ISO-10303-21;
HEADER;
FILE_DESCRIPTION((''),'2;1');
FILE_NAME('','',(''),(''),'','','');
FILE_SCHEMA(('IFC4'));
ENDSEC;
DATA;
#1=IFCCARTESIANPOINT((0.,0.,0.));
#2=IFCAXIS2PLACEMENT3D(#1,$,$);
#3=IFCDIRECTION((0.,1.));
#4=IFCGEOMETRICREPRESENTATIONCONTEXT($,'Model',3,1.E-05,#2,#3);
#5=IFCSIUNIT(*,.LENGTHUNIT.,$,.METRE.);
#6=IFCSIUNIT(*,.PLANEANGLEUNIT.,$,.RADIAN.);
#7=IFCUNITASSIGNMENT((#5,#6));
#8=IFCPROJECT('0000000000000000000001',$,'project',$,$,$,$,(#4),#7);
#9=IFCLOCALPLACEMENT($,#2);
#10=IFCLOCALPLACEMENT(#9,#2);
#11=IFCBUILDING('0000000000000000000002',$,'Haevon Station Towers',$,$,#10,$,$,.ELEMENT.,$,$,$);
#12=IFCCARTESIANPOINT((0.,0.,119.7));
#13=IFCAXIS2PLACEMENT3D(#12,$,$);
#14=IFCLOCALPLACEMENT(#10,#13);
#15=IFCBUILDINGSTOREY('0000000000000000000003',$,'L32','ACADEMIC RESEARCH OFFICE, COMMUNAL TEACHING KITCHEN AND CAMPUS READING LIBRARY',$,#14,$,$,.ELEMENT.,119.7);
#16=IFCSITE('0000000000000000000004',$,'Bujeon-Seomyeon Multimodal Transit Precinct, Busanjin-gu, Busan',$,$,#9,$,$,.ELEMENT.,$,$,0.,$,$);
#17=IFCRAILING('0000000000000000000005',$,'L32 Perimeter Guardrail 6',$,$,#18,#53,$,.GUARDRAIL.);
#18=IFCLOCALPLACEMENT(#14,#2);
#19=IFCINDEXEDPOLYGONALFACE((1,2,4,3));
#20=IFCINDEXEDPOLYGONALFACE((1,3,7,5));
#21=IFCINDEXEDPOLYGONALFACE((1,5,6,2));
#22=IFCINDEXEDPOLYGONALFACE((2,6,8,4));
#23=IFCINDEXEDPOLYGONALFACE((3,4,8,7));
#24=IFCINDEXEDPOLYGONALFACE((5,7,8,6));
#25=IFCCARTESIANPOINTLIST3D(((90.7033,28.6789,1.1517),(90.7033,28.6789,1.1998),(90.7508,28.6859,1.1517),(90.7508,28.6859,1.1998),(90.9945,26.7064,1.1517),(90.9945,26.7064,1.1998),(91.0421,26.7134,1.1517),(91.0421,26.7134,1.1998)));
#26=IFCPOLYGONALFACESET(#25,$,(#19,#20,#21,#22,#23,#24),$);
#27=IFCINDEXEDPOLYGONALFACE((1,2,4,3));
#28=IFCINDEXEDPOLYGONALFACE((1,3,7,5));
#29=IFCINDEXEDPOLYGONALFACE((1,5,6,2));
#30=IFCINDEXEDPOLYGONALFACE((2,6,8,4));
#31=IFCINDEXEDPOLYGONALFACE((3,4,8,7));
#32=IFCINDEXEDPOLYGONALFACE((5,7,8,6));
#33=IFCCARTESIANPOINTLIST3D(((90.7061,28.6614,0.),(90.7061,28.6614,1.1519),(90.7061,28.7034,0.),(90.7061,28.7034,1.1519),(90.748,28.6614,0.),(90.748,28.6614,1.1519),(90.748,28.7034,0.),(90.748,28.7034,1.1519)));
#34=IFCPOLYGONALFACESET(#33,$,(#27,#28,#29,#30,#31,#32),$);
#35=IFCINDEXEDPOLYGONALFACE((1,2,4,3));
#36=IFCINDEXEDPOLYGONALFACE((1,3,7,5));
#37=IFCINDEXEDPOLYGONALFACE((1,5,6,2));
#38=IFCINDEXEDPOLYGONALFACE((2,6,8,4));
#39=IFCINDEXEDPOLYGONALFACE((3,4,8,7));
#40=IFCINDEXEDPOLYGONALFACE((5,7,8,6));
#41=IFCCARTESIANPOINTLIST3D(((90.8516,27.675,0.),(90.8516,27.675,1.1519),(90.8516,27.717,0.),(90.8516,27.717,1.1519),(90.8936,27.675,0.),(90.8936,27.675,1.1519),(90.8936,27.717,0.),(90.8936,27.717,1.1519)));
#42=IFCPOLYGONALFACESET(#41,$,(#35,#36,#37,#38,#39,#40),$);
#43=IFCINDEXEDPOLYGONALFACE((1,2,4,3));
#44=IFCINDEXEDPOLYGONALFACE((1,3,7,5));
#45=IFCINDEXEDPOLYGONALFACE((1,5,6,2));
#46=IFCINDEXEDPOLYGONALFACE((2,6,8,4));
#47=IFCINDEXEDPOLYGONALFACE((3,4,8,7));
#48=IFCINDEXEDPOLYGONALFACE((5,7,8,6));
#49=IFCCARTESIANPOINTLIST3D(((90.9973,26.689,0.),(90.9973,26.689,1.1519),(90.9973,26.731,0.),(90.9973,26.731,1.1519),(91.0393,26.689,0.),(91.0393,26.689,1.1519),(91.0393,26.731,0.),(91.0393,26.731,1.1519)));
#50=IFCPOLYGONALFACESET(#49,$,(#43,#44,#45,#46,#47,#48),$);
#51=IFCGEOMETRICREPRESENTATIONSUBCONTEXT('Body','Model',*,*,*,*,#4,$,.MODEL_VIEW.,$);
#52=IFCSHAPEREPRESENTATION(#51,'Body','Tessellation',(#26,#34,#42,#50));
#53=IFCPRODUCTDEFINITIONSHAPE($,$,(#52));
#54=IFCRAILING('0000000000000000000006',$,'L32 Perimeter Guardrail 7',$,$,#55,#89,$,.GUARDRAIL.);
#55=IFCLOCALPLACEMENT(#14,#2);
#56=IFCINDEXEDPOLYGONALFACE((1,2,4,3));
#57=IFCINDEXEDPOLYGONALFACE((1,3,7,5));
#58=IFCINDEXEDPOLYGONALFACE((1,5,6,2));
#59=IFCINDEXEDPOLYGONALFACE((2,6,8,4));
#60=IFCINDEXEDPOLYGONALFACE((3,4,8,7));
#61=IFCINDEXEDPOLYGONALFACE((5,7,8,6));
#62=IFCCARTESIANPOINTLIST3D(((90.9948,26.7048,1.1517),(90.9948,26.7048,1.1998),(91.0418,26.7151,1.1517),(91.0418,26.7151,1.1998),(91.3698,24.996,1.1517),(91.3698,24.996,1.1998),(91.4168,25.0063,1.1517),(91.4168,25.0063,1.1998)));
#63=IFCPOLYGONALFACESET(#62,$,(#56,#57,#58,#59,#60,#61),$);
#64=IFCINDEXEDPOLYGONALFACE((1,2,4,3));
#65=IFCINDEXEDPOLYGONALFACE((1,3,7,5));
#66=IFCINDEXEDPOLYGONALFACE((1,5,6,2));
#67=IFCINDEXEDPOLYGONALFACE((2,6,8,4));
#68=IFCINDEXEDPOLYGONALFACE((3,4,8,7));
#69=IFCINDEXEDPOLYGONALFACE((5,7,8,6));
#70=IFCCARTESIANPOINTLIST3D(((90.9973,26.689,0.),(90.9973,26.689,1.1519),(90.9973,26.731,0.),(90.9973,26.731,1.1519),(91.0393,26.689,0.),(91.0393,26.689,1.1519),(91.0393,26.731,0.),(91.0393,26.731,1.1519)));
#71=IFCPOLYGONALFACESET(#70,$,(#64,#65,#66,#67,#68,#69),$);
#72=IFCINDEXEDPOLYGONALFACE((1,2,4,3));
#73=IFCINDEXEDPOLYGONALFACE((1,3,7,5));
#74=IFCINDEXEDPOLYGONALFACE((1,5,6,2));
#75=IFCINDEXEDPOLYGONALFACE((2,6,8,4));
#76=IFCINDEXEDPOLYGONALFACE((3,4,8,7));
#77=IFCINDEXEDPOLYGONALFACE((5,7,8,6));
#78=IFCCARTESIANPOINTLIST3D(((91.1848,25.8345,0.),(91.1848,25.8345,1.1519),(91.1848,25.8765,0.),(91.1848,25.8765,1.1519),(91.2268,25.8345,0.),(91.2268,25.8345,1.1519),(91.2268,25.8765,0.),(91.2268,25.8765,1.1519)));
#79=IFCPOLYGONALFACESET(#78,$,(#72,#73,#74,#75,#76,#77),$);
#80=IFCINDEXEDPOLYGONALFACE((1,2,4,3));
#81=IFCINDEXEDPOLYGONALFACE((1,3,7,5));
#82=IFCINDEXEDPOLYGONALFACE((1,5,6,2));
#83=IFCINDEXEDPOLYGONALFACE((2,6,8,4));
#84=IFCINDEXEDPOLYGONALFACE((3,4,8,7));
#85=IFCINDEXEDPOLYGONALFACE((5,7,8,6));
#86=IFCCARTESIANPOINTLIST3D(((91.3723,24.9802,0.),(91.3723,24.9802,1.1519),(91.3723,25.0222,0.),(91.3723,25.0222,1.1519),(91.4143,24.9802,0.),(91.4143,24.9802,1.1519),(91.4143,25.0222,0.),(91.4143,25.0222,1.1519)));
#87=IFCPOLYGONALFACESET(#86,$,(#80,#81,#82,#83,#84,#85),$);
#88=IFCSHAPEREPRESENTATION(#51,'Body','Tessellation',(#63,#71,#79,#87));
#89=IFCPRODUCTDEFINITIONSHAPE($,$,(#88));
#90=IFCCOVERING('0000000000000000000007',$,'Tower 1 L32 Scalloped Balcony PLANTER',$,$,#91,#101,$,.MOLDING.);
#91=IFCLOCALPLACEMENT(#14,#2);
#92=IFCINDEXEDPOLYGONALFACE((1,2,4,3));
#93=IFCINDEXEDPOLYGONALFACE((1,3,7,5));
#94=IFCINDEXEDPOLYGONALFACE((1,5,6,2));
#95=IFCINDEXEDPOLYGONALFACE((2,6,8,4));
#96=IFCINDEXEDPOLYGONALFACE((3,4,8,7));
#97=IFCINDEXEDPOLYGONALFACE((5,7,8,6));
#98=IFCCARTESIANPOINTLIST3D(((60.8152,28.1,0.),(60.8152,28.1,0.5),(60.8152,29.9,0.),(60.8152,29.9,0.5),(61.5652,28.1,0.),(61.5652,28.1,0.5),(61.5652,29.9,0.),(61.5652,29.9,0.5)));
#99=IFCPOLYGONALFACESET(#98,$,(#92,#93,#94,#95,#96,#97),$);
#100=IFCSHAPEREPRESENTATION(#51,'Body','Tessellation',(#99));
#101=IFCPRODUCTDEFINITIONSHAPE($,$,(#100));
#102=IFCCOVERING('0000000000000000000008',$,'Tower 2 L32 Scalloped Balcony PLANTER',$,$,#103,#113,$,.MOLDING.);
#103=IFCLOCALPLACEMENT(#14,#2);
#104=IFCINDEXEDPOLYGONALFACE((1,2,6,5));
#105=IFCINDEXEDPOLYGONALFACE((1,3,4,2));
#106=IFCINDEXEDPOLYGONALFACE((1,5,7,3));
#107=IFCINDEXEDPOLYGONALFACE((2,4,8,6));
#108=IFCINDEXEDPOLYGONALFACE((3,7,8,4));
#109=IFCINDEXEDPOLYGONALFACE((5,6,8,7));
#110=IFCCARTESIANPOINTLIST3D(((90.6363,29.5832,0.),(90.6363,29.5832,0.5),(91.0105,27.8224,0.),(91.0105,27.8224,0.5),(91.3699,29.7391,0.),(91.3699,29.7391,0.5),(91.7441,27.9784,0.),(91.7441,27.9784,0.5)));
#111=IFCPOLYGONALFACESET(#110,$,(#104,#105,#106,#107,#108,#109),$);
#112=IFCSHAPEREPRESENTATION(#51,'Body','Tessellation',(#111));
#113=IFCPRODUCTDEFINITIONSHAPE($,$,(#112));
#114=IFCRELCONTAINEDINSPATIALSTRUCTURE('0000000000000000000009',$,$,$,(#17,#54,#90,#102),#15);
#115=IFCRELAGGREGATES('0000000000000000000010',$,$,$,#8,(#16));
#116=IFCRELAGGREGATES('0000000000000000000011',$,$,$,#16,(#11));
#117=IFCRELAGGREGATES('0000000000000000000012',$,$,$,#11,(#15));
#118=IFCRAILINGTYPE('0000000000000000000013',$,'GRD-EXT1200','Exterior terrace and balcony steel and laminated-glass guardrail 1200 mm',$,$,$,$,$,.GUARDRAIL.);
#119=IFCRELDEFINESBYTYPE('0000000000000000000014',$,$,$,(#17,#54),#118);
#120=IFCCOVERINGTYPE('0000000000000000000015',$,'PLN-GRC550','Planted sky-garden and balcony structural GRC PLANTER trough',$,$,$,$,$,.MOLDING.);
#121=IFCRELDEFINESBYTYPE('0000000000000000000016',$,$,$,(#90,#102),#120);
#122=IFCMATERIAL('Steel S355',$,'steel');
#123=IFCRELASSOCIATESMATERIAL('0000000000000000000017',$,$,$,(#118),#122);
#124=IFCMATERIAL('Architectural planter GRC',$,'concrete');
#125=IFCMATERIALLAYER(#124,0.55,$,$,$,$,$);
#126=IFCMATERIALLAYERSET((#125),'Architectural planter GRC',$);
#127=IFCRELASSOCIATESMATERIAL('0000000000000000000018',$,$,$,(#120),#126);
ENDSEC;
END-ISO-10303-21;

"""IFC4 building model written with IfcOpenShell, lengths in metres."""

from ifc_helpers import new_model, si_unit, direction, frame, origin, origin_2d, place, context, subcontext, project, spatial, rectangle, extrude, material, layer, layer_set, type_object, element, save


model = new_model("IFC4")

# Units and contexts
model_context = context("Model", 3, precision=1e-05, world=origin(), true_north=direction((0.0, 1.0)))
body_context = subcontext(model_context, "Body", "Model", "MODEL_VIEW")
ifc_project = project(units=[si_unit("LENGTHUNIT", "METRE"), si_unit("PLANEANGLEUNIT", "RADIAN")], contexts=[model_context])

# Site, building, storey
site_placement = place(None, origin())
site = spatial("IfcSite", under=ifc_project, at=site_placement, Name="Bujeon-Seomyeon Multimodal Transit Precinct, Busanjin-gu, Busan", CompositionType="ELEMENT", RefElevation=0.0)
building_placement = place(site_placement, origin())
building = spatial("IfcBuilding", under=site, at=building_placement, Name="Haevon Station Towers", CompositionType="ELEMENT")
storey_placement = place(building_placement, frame((0.0, 0.0, 119.7)))
storey = spatial("IfcBuildingStorey", under=building, at=storey_placement, Name="L32", Description="ACADEMIC RESEARCH OFFICE, COMMUNAL TEACHING KITCHEN AND CAMPUS READING LIBRARY", CompositionType="ELEMENT", Elevation=119.7)

# Shared definitions
ifc_material_1 = material(Name="Steel S355", Category="steel")

# Railings
railing_type = type_object("IfcRailingType", Name="GRD-EXT1200", Description="Exterior terrace and balcony steel and laminated-glass guardrail 1200 mm", PredefinedType="GUARDRAIL", material=ifc_material_1)
railing_1_placement = place(storey_placement, frame((90.7271, 28.6824, 0.0)))
element("IfcRailing", 1, at=railing_1_placement, inside=storey, type_object=railing_type, Name="L32 Perimeter Guardrail 6", PredefinedType="GUARDRAIL", context=body_context, shape_type="SweptSolid", body=[
    extrude(rectangle(XDim=0.0481, YDim=0.0481, at=origin_2d()), frame((0.0, 0.0, 1.1758), z_axis=(0.146083, -0.989272, 0.0), x_axis=(0.989272, 0.146083, 0.0)), (0.0, 0.0, 1.0), 1.9939),
    extrude(rectangle(XDim=0.042, YDim=0.042, at=origin_2d()), origin(), (0.0, 0.0, 1.0), 1.1519),
    extrude(rectangle(XDim=0.042, YDim=0.042, at=origin_2d()), frame((0.1455, -0.9863, 0.0)), (0.0, 0.0, 1.0), 1.1519),
    extrude(rectangle(XDim=0.042, YDim=0.042, at=origin_2d()), frame((0.2913, -1.9724, 0.0)), (0.0, 0.0, 1.0), 1.1519),
])
railing_2_placement = place(storey_placement, frame((91.0183, 26.71, 0.0)))
element("IfcRailing", 2, at=railing_2_placement, inside=storey, type_object=railing_type, Name="L32 Perimeter Guardrail 7", PredefinedType="GUARDRAIL", context=body_context, shape_type="SweptSolid", body=[
    extrude(rectangle(XDim=0.0481, YDim=0.0481, at=origin_2d()), frame((0.0, 0.0, 1.1758), z_axis=(0.214359, -0.976755, 0.0), x_axis=(0.976755, 0.214359, 0.0)), (0.0, 0.0, 1.0), 1.7495),
    extrude(rectangle(XDim=0.042, YDim=0.042, at=origin_2d()), origin(), (0.0, 0.0, 1.0), 1.1519),
    extrude(rectangle(XDim=0.042, YDim=0.042, at=origin_2d()), frame((0.1875, -0.8545, 0.0)), (0.0, 0.0, 1.0), 1.1519),
    extrude(rectangle(XDim=0.042, YDim=0.042, at=origin_2d()), frame((0.375, -1.7087, 0.0)), (0.0, 0.0, 1.0), 1.1519),
])

# Coverings
ifc_material_2 = material(Name="Architectural planter GRC", Category="concrete")
ifc_layer_1 = layer(ifc_material_2, 0.55)
ifc_layer_set_1 = layer_set([ifc_layer_1], Name="Architectural planter GRC")
covering_type = type_object("IfcCoveringType", Name="PLN-GRC550", Description="Planted sky-garden and balcony structural GRC PLANTER trough", PredefinedType="MOLDING", material=ifc_layer_set_1)
for number, where, z_axis, x_axis, name in (
    (3, (61.1902, 29.0, 0.0), (0.0, 0.0, 1.0), (1.0, 0.0, 0.0), "Tower 1 L32 Scalloped Balcony PLANTER"),
    (4, (91.1902, 28.7808, 0.0), (0.0, 0.0, 1.0), (0.978148, 0.207912, 0.0), "Tower 2 L32 Scalloped Balcony PLANTER"),
):
    element("IfcCovering", number, at=place(storey_placement, frame(where, z_axis=z_axis, x_axis=x_axis)), inside=storey, type_object=covering_type, Name=name, PredefinedType="MOLDING", context=body_context, shape_type="SweptSolid", body=[
        extrude(rectangle(XDim=0.75, YDim=1.8, at=origin_2d()), origin(), (0.0, 0.0, 1.0), 0.5),
    ])

save(model, "model.ifc")
